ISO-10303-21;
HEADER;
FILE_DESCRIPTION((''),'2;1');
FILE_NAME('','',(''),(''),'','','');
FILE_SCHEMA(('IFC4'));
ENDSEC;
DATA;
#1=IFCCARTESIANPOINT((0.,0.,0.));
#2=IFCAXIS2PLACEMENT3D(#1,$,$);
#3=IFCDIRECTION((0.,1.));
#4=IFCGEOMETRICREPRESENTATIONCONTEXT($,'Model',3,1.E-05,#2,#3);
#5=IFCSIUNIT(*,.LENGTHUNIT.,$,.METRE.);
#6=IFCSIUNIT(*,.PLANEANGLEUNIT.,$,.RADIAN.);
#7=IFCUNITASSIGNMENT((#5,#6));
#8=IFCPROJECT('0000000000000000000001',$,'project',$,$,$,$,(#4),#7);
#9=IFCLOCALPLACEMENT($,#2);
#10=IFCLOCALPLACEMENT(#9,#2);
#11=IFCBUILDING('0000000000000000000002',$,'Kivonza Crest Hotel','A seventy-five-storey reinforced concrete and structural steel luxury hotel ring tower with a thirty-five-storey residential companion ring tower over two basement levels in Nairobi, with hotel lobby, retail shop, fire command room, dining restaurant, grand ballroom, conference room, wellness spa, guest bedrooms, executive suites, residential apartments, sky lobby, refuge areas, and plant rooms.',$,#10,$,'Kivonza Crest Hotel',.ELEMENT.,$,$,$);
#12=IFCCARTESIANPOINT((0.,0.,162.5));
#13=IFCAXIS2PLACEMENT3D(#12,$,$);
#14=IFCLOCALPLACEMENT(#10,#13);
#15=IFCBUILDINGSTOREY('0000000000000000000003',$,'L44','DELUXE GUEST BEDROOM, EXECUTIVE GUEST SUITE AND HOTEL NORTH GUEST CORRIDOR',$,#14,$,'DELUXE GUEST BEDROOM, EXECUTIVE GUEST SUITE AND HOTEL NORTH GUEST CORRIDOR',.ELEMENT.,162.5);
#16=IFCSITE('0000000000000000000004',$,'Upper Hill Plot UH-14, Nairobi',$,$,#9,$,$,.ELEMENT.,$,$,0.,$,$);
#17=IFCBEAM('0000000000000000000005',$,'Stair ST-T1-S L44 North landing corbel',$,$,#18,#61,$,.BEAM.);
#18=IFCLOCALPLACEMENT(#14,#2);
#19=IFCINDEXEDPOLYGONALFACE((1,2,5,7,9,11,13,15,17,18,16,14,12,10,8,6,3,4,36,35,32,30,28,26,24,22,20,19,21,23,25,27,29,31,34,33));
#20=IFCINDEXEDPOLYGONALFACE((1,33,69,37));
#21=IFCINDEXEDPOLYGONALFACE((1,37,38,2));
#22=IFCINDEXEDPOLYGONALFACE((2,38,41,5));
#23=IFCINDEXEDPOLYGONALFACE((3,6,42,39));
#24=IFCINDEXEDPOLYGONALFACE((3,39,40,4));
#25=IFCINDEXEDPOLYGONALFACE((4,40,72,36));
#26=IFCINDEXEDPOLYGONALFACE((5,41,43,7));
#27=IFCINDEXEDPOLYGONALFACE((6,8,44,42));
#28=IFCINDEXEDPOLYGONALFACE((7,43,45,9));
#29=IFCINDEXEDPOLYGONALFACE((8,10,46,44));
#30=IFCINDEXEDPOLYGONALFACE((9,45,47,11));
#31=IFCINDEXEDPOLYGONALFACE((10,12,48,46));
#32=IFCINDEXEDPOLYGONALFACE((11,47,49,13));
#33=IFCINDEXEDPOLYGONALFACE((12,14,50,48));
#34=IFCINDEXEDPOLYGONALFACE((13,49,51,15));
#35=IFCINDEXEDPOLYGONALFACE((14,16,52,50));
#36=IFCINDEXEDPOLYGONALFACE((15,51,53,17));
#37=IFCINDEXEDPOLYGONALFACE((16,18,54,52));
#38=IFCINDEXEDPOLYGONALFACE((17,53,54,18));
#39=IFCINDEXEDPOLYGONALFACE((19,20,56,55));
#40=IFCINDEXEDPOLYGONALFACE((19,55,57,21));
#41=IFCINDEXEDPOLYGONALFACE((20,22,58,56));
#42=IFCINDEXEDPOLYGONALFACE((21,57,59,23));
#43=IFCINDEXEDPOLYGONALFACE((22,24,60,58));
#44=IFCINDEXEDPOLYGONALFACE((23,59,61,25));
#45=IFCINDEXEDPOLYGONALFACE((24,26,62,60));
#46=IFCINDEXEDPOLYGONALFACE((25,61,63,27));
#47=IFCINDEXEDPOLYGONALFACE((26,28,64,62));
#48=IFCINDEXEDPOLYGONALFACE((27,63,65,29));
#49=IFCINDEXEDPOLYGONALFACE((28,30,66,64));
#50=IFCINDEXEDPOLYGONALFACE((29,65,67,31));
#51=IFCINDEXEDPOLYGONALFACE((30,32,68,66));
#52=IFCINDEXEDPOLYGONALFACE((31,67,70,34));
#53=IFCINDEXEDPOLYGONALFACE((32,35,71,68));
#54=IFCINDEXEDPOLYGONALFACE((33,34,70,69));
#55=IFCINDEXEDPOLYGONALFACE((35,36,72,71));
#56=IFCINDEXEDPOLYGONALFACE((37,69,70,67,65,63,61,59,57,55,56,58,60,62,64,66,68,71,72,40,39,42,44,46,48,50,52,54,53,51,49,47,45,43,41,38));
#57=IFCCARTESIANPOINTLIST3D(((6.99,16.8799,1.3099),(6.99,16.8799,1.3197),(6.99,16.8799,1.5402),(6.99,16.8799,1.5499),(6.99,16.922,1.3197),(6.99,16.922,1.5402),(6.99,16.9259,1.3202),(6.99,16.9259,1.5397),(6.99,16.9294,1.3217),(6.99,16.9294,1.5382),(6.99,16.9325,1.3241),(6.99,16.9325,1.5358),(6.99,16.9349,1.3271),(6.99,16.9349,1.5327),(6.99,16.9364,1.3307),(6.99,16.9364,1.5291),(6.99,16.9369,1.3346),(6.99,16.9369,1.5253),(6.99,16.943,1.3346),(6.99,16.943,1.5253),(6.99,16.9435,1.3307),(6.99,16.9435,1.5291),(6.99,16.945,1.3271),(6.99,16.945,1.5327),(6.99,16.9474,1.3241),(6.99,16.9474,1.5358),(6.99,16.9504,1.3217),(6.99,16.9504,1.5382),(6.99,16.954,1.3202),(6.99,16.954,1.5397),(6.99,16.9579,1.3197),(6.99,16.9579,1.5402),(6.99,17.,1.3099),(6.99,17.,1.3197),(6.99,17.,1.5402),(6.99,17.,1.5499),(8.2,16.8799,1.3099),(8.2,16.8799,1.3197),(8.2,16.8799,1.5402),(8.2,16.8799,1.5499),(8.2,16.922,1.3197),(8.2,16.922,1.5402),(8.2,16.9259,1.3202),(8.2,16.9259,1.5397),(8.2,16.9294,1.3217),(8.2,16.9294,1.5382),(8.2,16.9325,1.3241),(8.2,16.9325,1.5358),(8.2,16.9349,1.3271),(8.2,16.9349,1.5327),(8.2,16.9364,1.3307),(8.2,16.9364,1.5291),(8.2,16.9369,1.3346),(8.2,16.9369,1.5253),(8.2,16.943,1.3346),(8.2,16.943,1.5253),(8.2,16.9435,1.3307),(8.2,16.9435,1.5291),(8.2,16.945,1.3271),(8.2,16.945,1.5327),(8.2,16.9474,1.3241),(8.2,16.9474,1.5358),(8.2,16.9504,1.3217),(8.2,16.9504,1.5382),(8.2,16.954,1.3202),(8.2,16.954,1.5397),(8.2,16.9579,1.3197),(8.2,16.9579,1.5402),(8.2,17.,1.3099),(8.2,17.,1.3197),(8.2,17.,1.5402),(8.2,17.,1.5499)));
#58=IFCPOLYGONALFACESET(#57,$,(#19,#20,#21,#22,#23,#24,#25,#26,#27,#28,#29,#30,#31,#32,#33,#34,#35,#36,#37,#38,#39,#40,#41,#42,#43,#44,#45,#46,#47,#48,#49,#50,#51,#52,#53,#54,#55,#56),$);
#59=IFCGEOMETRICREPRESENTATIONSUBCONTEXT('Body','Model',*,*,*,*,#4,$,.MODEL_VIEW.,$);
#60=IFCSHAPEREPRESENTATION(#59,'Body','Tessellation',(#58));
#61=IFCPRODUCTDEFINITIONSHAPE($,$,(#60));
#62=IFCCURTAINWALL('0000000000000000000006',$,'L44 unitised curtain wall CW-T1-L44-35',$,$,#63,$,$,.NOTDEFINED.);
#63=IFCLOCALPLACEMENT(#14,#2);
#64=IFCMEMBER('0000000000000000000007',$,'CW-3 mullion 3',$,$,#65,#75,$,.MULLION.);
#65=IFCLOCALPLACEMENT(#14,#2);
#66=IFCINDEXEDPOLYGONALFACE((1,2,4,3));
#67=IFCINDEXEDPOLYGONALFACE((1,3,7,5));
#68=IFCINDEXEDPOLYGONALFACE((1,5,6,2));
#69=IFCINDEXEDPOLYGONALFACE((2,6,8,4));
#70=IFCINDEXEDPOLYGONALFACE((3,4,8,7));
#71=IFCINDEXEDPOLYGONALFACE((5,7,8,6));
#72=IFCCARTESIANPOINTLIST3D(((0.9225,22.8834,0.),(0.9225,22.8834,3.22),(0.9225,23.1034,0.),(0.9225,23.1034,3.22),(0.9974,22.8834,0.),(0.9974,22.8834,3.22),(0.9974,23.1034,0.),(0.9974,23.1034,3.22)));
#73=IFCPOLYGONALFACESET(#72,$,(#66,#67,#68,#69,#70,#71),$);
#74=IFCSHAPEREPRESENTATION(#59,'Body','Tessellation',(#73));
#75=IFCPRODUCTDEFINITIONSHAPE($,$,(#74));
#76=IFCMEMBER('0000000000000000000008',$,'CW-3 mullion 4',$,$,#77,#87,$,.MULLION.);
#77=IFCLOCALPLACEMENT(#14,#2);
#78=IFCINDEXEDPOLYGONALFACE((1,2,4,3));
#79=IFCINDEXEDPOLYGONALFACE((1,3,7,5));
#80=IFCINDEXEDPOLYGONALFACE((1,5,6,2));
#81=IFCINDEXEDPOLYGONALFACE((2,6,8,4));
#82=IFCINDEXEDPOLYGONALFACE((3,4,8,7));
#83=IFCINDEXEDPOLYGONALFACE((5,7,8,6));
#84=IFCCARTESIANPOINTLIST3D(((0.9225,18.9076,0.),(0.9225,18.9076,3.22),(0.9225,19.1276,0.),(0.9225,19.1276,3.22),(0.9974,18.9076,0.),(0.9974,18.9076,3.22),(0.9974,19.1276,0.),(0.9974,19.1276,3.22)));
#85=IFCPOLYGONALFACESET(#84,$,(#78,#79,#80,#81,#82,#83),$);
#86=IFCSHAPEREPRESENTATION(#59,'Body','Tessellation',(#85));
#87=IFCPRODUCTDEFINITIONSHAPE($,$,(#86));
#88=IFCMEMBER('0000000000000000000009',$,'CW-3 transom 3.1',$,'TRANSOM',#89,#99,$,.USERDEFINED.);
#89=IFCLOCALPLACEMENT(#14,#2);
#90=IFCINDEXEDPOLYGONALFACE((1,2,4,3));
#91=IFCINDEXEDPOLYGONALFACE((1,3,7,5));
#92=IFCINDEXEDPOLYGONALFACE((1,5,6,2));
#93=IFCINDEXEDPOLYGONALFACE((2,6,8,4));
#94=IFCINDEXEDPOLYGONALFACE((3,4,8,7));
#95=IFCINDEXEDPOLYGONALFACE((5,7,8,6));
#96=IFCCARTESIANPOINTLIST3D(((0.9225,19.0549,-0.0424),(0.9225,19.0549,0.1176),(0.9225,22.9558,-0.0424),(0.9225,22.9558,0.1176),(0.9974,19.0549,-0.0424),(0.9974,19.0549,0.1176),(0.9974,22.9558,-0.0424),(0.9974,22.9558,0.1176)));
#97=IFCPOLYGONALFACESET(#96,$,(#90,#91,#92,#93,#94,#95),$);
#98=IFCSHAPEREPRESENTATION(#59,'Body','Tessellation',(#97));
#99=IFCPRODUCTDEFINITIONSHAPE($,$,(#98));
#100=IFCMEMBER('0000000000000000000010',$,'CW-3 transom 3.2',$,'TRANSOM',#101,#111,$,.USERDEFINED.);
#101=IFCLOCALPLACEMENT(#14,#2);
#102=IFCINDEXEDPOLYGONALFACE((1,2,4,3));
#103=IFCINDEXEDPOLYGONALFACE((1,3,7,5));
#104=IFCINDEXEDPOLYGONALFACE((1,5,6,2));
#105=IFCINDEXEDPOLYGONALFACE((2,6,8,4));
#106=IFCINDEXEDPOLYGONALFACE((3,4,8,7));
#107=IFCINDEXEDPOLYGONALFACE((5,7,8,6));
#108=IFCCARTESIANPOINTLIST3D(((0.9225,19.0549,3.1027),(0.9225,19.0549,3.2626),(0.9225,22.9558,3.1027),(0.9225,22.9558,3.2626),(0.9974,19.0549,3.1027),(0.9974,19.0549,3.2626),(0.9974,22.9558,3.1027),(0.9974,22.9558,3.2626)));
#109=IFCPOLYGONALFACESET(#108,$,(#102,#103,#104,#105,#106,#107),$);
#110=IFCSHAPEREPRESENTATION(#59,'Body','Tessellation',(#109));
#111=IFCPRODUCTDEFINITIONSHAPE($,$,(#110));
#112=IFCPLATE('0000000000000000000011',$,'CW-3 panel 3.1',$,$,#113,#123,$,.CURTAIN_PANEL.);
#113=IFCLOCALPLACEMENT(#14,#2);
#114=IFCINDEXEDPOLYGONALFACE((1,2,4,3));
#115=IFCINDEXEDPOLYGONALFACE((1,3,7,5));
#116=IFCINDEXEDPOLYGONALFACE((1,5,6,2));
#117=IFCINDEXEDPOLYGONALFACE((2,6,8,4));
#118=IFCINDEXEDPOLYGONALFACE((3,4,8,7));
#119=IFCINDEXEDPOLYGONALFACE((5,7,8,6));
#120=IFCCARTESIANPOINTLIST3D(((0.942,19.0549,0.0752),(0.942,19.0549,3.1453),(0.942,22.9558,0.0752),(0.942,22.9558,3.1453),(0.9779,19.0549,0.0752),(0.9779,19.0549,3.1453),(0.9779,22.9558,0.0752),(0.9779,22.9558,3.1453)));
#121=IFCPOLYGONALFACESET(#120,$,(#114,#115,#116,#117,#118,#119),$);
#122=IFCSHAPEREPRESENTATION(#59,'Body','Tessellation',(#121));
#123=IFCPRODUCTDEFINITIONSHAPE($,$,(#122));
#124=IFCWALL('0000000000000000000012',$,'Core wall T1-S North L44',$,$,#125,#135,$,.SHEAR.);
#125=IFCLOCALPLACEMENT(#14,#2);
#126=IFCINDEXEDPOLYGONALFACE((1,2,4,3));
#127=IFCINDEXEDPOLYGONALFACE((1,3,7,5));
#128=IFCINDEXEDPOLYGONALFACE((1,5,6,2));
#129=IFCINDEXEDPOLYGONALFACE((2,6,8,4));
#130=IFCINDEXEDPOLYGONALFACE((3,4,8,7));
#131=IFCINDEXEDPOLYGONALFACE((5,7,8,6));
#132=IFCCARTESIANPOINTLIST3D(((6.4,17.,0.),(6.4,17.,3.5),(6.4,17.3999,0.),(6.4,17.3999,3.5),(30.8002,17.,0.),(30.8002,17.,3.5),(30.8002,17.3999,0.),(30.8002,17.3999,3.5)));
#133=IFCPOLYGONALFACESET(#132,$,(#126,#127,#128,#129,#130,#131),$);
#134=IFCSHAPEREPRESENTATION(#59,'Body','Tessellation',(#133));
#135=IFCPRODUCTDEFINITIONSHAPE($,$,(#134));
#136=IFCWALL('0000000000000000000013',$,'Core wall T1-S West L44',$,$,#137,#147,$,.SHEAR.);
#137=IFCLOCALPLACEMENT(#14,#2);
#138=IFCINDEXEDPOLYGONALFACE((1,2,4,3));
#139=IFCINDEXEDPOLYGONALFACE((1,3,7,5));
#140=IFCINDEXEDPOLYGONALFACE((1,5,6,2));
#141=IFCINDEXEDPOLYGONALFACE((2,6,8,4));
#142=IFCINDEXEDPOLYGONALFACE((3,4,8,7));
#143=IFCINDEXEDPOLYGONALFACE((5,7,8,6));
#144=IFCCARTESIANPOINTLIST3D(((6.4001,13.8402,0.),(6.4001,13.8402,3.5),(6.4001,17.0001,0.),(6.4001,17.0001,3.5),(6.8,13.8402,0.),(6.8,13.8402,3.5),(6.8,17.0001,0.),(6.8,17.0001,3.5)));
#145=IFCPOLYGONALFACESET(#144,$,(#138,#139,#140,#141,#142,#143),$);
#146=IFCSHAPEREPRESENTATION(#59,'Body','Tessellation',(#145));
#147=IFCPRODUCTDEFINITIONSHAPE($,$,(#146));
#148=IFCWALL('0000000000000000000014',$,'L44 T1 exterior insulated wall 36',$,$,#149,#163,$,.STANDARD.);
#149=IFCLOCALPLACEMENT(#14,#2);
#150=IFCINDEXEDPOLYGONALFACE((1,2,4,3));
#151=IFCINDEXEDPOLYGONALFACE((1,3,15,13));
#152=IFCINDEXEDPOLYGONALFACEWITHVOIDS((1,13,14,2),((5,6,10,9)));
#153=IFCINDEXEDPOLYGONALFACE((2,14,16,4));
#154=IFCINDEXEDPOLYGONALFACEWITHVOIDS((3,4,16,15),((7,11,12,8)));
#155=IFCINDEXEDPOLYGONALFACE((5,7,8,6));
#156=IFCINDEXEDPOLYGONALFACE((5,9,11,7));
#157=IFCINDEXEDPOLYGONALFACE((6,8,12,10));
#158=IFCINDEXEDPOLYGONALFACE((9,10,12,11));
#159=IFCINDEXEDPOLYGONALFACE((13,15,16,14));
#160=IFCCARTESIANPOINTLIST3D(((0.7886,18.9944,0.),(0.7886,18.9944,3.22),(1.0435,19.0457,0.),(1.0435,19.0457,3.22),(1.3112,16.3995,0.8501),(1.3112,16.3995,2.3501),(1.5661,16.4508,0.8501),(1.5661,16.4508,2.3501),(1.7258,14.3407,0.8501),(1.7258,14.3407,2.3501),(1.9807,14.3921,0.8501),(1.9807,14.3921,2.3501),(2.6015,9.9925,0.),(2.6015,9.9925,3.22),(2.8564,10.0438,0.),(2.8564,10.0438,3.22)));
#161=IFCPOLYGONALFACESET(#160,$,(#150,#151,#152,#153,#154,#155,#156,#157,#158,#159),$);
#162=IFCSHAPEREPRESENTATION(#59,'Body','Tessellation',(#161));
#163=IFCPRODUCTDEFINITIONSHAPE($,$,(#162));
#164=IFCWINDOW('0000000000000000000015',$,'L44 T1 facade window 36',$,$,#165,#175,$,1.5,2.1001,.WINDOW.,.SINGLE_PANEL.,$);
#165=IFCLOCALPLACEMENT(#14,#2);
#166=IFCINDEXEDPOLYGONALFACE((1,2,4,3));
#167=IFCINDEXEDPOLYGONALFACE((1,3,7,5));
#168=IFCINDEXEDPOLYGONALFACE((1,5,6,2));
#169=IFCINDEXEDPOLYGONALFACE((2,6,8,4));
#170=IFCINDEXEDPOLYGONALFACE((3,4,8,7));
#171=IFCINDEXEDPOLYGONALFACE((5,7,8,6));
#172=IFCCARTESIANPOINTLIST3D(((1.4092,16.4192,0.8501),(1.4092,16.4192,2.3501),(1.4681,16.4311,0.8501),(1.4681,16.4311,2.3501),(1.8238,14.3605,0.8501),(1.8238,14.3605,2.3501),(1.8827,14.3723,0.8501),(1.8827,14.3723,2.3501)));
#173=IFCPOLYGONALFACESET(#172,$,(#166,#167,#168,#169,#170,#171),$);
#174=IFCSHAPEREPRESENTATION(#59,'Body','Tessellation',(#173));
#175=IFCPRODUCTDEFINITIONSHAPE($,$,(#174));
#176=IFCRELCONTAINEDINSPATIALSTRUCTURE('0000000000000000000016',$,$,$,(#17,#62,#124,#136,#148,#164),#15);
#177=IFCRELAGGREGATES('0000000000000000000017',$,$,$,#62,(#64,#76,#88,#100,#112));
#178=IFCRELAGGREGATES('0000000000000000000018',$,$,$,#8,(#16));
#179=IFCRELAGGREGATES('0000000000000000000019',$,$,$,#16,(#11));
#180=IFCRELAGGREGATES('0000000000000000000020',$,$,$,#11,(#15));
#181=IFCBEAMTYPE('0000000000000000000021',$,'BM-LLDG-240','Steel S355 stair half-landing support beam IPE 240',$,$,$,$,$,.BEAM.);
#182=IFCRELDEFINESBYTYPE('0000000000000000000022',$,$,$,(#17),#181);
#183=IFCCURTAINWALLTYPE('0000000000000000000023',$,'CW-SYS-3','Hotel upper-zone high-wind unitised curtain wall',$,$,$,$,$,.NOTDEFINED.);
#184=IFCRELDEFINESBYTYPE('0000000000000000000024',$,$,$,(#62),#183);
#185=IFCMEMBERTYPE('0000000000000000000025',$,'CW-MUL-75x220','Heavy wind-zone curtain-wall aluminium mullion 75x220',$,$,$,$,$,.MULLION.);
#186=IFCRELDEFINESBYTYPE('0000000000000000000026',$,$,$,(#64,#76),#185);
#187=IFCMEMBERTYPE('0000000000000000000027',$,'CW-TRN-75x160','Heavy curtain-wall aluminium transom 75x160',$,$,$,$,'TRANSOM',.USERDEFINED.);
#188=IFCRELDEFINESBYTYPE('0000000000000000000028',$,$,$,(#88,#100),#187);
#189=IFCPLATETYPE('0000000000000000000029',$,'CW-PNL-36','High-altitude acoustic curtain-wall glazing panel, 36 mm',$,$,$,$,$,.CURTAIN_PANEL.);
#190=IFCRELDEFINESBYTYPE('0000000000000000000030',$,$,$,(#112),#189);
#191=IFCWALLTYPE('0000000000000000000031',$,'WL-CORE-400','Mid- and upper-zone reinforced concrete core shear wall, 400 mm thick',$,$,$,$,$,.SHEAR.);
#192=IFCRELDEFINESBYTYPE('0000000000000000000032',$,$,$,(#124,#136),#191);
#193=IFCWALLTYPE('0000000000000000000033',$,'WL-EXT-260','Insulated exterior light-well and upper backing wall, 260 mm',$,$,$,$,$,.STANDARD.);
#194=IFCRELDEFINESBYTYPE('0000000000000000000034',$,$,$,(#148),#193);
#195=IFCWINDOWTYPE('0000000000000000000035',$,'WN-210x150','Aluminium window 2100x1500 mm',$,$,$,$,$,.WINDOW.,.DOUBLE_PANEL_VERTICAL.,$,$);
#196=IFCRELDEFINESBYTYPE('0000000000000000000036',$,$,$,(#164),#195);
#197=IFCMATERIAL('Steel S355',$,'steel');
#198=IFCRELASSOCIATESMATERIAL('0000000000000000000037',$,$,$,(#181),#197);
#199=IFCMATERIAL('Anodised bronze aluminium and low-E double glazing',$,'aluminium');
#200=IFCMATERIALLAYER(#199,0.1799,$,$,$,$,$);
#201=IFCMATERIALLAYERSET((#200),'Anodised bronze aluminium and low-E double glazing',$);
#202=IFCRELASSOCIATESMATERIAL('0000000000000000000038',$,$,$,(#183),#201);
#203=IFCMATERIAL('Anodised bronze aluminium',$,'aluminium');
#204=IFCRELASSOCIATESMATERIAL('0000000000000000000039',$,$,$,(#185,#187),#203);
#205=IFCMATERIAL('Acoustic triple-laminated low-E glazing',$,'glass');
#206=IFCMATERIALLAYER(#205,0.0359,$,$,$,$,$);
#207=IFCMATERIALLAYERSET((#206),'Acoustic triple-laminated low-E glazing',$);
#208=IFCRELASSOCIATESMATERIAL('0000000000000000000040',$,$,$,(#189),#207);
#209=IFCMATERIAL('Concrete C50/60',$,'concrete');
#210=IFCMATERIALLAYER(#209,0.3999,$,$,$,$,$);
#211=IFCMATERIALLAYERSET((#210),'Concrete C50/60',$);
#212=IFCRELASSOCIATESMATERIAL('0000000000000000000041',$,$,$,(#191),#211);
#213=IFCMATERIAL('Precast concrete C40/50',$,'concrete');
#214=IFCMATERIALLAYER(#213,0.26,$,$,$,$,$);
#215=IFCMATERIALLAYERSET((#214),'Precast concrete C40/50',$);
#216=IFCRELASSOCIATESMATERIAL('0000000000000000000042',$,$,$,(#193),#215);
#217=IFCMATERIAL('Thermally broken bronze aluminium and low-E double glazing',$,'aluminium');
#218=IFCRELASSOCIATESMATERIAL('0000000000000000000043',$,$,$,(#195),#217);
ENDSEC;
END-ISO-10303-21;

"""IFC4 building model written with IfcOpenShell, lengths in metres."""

from ifc_helpers import new_model, si_unit, direction, frame, frame_2d, origin, origin_2d, place, context, subcontext, project, spatial, rectangle, i_section, extrude, material, layer, layer_set, material_profile, profile_set, type_object, element, fill, aggregate, save


model = new_model("IFC4")

# Units and contexts
model_context = context("Model", 3, precision=1e-05, world=origin(), true_north=direction((0.0, 1.0)))
body_context = subcontext(model_context, "Body", "Model", "MODEL_VIEW")
ifc_project = project(units=[si_unit("LENGTHUNIT", "METRE"), si_unit("PLANEANGLEUNIT", "RADIAN")], contexts=[model_context])

# Site, building, storey
site_placement = place(None, origin())
site = spatial("IfcSite", under=ifc_project, at=site_placement, Name="Upper Hill Plot UH-14, Nairobi", CompositionType="ELEMENT", RefElevation=0.0)
building_placement = place(site_placement, origin())
building = spatial("IfcBuilding", under=site, at=building_placement, Name="Kivonza Crest Hotel", Description="A seventy-five-storey reinforced concrete and structural steel luxury hotel ring tower with a thirty-five-storey residential companion ring tower over two basement levels in Nairobi, with hotel lobby, retail shop, fire command room, dining restaurant, grand ballroom, conference room, wellness spa, guest bedrooms, executive suites, residential apartments, sky lobby, refuge areas, and plant rooms.", LongName="Kivonza Crest Hotel", CompositionType="ELEMENT")
storey_placement = place(building_placement, frame((0.0, 0.0, 162.5)))
storey = spatial("IfcBuildingStorey", under=building, at=storey_placement, Name="L44", Description="DELUXE GUEST BEDROOM, EXECUTIVE GUEST SUITE AND HOTEL NORTH GUEST CORRIDOR", LongName="DELUXE GUEST BEDROOM, EXECUTIVE GUEST SUITE AND HOTEL NORTH GUEST CORRIDOR", CompositionType="ELEMENT", Elevation=162.5)

# Shared definitions
ifc_material_1 = material(Name="Concrete C50/60", Category="concrete")

# Beam
ifc_material_2 = material(Name="Steel S355", Category="steel")
ifc_material_profile_1 = material_profile(ifc_material_2, i_section(OverallWidth=0.1201, OverallDepth=0.24, WebThickness=0.0061, FlangeThickness=0.0098, FilletRadius=0.0149, at=origin_2d()), Name="IPE 240")
ifc_profile_set_1 = profile_set([ifc_material_profile_1], Name="Steel S355")
beam_type_1 = type_object("IfcBeamType", Name="BM-LLDG-240", Description="Steel S355 stair half-landing support beam IPE 240", PredefinedType="BEAM", material=ifc_profile_set_1)
for number, where, z_axis, x_axis, name in (
    (1, (6.99, 16.9399, 1.4299), (1.0, 0.0, 0.0), (0.0, 1.0, 0.0), "Stair ST-T1-S L44 North landing corbel"),
):
    element("IfcBeam", number, at=place(storey_placement, frame(where, z_axis=z_axis, x_axis=x_axis)), inside=storey, type_object=beam_type_1, Name=name, PredefinedType="BEAM", context=body_context, shape_type="SweptSolid", body=[
        extrude(i_section(OverallWidth=0.1201, OverallDepth=0.24, WebThickness=0.0061, FlangeThickness=0.0098, FilletRadius=0.0149, at=origin_2d()), origin(), (0.0, 0.0, 1.0), 1.21),
    ])

# Curtain wall, members, plate
ifc_material_3 = material(Name="Anodised bronze aluminium and low-E double glazing", Category="aluminium")
ifc_layer_1 = layer(ifc_material_3, 0.1799)
ifc_layer_set_1 = layer_set([ifc_layer_1], Name="Anodised bronze aluminium and low-E double glazing")
curtain_wall_type = type_object("IfcCurtainWallType", Name="CW-SYS-3", Description="Hotel upper-zone high-wind unitised curtain wall", PredefinedType="NOTDEFINED", material=ifc_layer_set_1)
curtain_wall_placement = place(storey_placement, origin())
curtain_wall = element("IfcCurtainWall", 2, at=curtain_wall_placement, inside=storey, type_object=curtain_wall_type, Name="L44 unitised curtain wall CW-T1-L44-35", PredefinedType="NOTDEFINED")
ifc_material_4 = material(Name="Anodised bronze aluminium", Category="aluminium")
ifc_material_profile_2 = material_profile(ifc_material_4, rectangle(XDim=0.075, YDim=0.22, at=origin_2d()), Name="CW-M 75x220")
ifc_profile_set_2 = profile_set([ifc_material_profile_2], Name="Anodised bronze aluminium")
member_type_1 = type_object("IfcMemberType", Name="CW-MUL-75x220", Description="Heavy wind-zone curtain-wall aluminium mullion 75x220", PredefinedType="MULLION", material=ifc_profile_set_2)
member_1_placement = place(storey_placement, frame((0.96, 22.9934, 0.0), z_axis=(0.0, 0.0, 1.0), x_axis=(1.0, 0.0, 0.0)))
member_1 = element("IfcMember", 3, at=member_1_placement, type_object=member_type_1, Name="CW-3 mullion 3", PredefinedType="MULLION", context=body_context, shape_type="SweptSolid", body=[
    extrude(rectangle(XDim=0.075, YDim=0.22, at=origin_2d()), origin(), (0.0, 0.0, 1.0), 3.22),
])
member_2_placement = place(storey_placement, frame((0.96, 19.0176, 0.0), z_axis=(0.0, 0.0, 1.0), x_axis=(1.0, 0.0, 0.0)))
member_2 = element("IfcMember", 4, at=member_2_placement, type_object=member_type_1, Name="CW-3 mullion 4", PredefinedType="MULLION", context=body_context, shape_type="SweptSolid", body=[
    extrude(rectangle(XDim=0.075, YDim=0.22, at=origin_2d()), origin(), (0.0, 0.0, 1.0), 3.22),
])
ifc_material_profile_3 = material_profile(ifc_material_4, rectangle(XDim=0.075, YDim=0.1599, at=origin_2d()), Name="CW-T 75x160")
ifc_profile_set_3 = profile_set([ifc_material_profile_3], Name="Anodised bronze aluminium")
member_type_2 = type_object("IfcMemberType", Name="CW-TRN-75x160", Description="Heavy curtain-wall aluminium transom 75x160", ElementType="TRANSOM", PredefinedType="USERDEFINED", material=ifc_profile_set_3)
member_3_placement = place(storey_placement, frame((0.96, 22.9558, 0.0376), z_axis=(0.0, -1.0, 0.0), x_axis=(1.0, 0.0, 0.0)))
member_3 = element("IfcMember", 5, at=member_3_placement, type_object=member_type_2, Name="CW-3 transom 3.1", ObjectType="TRANSOM", PredefinedType="USERDEFINED", context=body_context, shape_type="SweptSolid", body=[
    extrude(rectangle(XDim=0.075, YDim=0.1599, at=origin_2d()), origin(), (0.0, 0.0, 1.0), 3.9009),
])
member_4_placement = place(storey_placement, frame((0.96, 22.9558, 3.1826), z_axis=(0.0, -1.0, 0.0), x_axis=(1.0, 0.0, 0.0)))
member_4 = element("IfcMember", 6, at=member_4_placement, type_object=member_type_2, Name="CW-3 transom 3.2", ObjectType="TRANSOM", PredefinedType="USERDEFINED", context=body_context, shape_type="SweptSolid", body=[
    extrude(rectangle(XDim=0.075, YDim=0.1599, at=origin_2d()), origin(), (0.0, 0.0, 1.0), 3.9009),
])
ifc_material_5 = material(Name="Acoustic triple-laminated low-E glazing", Category="glass")
ifc_layer_2 = layer(ifc_material_5, 0.0359)
ifc_layer_set_2 = layer_set([ifc_layer_2], Name="Acoustic triple-laminated low-E glazing")
plate_type = type_object("IfcPlateType", Name="CW-PNL-36", Description="High-altitude acoustic curtain-wall glazing panel, 36 mm", PredefinedType="CURTAIN_PANEL", material=ifc_layer_set_2)
plate_placement = place(storey_placement, frame((0.96, 21.0054, 0.0752), z_axis=(0.0, 0.0, 1.0), x_axis=(0.0, -1.0, 0.0)))
plate = element("IfcPlate", 7, at=plate_placement, type_object=plate_type, Name="CW-3 panel 3.1", PredefinedType="CURTAIN_PANEL", context=body_context, shape_type="SweptSolid", body=[
    extrude(rectangle(XDim=3.9009, YDim=0.0359, at=origin_2d()), origin(), (0.0, 0.0, 1.0), 3.0701),
])
aggregate(curtain_wall, [member_1, member_2, member_3, member_4, plate])

# Shared definitions
ifc_layer_3 = layer(ifc_material_1, 0.3999)
ifc_layer_set_3 = layer_set([ifc_layer_3], Name="Concrete C50/60")
wall_type_1 = type_object("IfcWallType", Name="WL-CORE-400", Description="Mid- and upper-zone reinforced concrete core shear wall, 400 mm thick", PredefinedType="SHEAR", material=ifc_layer_set_3)

# Walls
wall_1_placement = place(storey_placement, frame((6.3999, 17.2, 0.0), z_axis=(0.0, 0.0, 1.0), x_axis=(1.0, 0.0, 0.0)))
element("IfcWall", 8, at=wall_1_placement, inside=storey, type_object=wall_type_1, Name="Core wall T1-S North L44", PredefinedType="SHEAR", context=body_context, shape_type="SweptSolid", body=[
    extrude(rectangle(XDim=24.4001, YDim=0.3999, at=frame_2d((12.2002, 0.0))), origin(), (0.0, 0.0, 1.0), 3.5),
])
wall_2_placement = place(storey_placement, frame((6.6001, 13.8401, 0.0), z_axis=(0.0, 0.0, 1.0), x_axis=(0.0, 1.0, 0.0)))
element("IfcWall", 9, at=wall_2_placement, inside=storey, type_object=wall_type_1, Name="Core wall T1-S West L44", PredefinedType="SHEAR", context=body_context, shape_type="SweptSolid", body=[
    extrude(rectangle(XDim=3.1599, YDim=0.3999, at=frame_2d((1.5801, 0.0))), origin(), (0.0, 0.0, 1.0), 3.5),
])

# Wall, opening, window
ifc_material_6 = material(Name="Precast concrete C40/50", Category="concrete")
ifc_layer_4 = layer(ifc_material_6, 0.26)
ifc_layer_set_4 = layer_set([ifc_layer_4], Name="Precast concrete C40/50")
wall_type_2 = type_object("IfcWallType", Name="WL-EXT-260", Description="Insulated exterior light-well and upper backing wall, 260 mm", PredefinedType="STANDARD", material=ifc_layer_set_4)
wall_3_placement = place(storey_placement, frame((0.916, 19.02, 0.0), z_axis=(0.0, 0.0, 1.0), x_axis=(0.197435, -0.980316, 0.0)))
wall_3 = element("IfcWall", 10, at=wall_3_placement, inside=storey, type_object=wall_type_2, Name="L44 T1 exterior insulated wall 36", PredefinedType="STANDARD", context=body_context, shape_type="SweptSolid", body=[
    extrude(rectangle(XDim=9.1826, YDim=0.26, at=frame_2d((4.5913, 0.0))), origin(), (0.0, 0.0, 1.0), 3.22),
])
opening_1_placement = place(wall_3_placement, frame((2.647, 0.0, 0.8501)))
opening_1 = element("IfcOpeningElement", 11, at=opening_1_placement, cuts=wall_3, PredefinedType="OPENING", context=body_context, shape_type="SweptSolid", body=[
    extrude(rectangle(XDim=2.1001, YDim=1.5, at=frame_2d((1.05, 0.75))), frame((0.0, 0.1401, 0.0), z_axis=(0.0, -1.0, 0.0), x_axis=(1.0, 0.0, 0.0)), (0.0, 0.0, 1.0), 0.28),
])
ifc_material_7 = material(Name="Thermally broken bronze aluminium and low-E double glazing", Category="aluminium")
window_type = type_object("IfcWindowType", Name="WN-210x150", Description="Aluminium window 2100x1500 mm", PartitioningType="DOUBLE_PANEL_VERTICAL", PredefinedType="WINDOW", material=ifc_material_7)
window_placement = place(opening_1_placement, origin())
window = element("IfcWindow", 12, at=window_placement, inside=storey, type_object=window_type, Name="L44 T1 facade window 36", OverallHeight=1.5, OverallWidth=2.1001, PartitioningType="SINGLE_PANEL", PredefinedType="WINDOW", context=body_context, shape_type="SweptSolid", body=[
    extrude(rectangle(XDim=2.1001, YDim=1.5, at=frame_2d((1.05, 0.75))), frame((0.0, 0.03, 0.0), z_axis=(0.0, -1.0, 0.0), x_axis=(1.0, 0.0, 0.0)), (0.0, 0.0, 1.0), 0.0601),
])
fill(opening_1, window)

save(model, "model.ifc")
